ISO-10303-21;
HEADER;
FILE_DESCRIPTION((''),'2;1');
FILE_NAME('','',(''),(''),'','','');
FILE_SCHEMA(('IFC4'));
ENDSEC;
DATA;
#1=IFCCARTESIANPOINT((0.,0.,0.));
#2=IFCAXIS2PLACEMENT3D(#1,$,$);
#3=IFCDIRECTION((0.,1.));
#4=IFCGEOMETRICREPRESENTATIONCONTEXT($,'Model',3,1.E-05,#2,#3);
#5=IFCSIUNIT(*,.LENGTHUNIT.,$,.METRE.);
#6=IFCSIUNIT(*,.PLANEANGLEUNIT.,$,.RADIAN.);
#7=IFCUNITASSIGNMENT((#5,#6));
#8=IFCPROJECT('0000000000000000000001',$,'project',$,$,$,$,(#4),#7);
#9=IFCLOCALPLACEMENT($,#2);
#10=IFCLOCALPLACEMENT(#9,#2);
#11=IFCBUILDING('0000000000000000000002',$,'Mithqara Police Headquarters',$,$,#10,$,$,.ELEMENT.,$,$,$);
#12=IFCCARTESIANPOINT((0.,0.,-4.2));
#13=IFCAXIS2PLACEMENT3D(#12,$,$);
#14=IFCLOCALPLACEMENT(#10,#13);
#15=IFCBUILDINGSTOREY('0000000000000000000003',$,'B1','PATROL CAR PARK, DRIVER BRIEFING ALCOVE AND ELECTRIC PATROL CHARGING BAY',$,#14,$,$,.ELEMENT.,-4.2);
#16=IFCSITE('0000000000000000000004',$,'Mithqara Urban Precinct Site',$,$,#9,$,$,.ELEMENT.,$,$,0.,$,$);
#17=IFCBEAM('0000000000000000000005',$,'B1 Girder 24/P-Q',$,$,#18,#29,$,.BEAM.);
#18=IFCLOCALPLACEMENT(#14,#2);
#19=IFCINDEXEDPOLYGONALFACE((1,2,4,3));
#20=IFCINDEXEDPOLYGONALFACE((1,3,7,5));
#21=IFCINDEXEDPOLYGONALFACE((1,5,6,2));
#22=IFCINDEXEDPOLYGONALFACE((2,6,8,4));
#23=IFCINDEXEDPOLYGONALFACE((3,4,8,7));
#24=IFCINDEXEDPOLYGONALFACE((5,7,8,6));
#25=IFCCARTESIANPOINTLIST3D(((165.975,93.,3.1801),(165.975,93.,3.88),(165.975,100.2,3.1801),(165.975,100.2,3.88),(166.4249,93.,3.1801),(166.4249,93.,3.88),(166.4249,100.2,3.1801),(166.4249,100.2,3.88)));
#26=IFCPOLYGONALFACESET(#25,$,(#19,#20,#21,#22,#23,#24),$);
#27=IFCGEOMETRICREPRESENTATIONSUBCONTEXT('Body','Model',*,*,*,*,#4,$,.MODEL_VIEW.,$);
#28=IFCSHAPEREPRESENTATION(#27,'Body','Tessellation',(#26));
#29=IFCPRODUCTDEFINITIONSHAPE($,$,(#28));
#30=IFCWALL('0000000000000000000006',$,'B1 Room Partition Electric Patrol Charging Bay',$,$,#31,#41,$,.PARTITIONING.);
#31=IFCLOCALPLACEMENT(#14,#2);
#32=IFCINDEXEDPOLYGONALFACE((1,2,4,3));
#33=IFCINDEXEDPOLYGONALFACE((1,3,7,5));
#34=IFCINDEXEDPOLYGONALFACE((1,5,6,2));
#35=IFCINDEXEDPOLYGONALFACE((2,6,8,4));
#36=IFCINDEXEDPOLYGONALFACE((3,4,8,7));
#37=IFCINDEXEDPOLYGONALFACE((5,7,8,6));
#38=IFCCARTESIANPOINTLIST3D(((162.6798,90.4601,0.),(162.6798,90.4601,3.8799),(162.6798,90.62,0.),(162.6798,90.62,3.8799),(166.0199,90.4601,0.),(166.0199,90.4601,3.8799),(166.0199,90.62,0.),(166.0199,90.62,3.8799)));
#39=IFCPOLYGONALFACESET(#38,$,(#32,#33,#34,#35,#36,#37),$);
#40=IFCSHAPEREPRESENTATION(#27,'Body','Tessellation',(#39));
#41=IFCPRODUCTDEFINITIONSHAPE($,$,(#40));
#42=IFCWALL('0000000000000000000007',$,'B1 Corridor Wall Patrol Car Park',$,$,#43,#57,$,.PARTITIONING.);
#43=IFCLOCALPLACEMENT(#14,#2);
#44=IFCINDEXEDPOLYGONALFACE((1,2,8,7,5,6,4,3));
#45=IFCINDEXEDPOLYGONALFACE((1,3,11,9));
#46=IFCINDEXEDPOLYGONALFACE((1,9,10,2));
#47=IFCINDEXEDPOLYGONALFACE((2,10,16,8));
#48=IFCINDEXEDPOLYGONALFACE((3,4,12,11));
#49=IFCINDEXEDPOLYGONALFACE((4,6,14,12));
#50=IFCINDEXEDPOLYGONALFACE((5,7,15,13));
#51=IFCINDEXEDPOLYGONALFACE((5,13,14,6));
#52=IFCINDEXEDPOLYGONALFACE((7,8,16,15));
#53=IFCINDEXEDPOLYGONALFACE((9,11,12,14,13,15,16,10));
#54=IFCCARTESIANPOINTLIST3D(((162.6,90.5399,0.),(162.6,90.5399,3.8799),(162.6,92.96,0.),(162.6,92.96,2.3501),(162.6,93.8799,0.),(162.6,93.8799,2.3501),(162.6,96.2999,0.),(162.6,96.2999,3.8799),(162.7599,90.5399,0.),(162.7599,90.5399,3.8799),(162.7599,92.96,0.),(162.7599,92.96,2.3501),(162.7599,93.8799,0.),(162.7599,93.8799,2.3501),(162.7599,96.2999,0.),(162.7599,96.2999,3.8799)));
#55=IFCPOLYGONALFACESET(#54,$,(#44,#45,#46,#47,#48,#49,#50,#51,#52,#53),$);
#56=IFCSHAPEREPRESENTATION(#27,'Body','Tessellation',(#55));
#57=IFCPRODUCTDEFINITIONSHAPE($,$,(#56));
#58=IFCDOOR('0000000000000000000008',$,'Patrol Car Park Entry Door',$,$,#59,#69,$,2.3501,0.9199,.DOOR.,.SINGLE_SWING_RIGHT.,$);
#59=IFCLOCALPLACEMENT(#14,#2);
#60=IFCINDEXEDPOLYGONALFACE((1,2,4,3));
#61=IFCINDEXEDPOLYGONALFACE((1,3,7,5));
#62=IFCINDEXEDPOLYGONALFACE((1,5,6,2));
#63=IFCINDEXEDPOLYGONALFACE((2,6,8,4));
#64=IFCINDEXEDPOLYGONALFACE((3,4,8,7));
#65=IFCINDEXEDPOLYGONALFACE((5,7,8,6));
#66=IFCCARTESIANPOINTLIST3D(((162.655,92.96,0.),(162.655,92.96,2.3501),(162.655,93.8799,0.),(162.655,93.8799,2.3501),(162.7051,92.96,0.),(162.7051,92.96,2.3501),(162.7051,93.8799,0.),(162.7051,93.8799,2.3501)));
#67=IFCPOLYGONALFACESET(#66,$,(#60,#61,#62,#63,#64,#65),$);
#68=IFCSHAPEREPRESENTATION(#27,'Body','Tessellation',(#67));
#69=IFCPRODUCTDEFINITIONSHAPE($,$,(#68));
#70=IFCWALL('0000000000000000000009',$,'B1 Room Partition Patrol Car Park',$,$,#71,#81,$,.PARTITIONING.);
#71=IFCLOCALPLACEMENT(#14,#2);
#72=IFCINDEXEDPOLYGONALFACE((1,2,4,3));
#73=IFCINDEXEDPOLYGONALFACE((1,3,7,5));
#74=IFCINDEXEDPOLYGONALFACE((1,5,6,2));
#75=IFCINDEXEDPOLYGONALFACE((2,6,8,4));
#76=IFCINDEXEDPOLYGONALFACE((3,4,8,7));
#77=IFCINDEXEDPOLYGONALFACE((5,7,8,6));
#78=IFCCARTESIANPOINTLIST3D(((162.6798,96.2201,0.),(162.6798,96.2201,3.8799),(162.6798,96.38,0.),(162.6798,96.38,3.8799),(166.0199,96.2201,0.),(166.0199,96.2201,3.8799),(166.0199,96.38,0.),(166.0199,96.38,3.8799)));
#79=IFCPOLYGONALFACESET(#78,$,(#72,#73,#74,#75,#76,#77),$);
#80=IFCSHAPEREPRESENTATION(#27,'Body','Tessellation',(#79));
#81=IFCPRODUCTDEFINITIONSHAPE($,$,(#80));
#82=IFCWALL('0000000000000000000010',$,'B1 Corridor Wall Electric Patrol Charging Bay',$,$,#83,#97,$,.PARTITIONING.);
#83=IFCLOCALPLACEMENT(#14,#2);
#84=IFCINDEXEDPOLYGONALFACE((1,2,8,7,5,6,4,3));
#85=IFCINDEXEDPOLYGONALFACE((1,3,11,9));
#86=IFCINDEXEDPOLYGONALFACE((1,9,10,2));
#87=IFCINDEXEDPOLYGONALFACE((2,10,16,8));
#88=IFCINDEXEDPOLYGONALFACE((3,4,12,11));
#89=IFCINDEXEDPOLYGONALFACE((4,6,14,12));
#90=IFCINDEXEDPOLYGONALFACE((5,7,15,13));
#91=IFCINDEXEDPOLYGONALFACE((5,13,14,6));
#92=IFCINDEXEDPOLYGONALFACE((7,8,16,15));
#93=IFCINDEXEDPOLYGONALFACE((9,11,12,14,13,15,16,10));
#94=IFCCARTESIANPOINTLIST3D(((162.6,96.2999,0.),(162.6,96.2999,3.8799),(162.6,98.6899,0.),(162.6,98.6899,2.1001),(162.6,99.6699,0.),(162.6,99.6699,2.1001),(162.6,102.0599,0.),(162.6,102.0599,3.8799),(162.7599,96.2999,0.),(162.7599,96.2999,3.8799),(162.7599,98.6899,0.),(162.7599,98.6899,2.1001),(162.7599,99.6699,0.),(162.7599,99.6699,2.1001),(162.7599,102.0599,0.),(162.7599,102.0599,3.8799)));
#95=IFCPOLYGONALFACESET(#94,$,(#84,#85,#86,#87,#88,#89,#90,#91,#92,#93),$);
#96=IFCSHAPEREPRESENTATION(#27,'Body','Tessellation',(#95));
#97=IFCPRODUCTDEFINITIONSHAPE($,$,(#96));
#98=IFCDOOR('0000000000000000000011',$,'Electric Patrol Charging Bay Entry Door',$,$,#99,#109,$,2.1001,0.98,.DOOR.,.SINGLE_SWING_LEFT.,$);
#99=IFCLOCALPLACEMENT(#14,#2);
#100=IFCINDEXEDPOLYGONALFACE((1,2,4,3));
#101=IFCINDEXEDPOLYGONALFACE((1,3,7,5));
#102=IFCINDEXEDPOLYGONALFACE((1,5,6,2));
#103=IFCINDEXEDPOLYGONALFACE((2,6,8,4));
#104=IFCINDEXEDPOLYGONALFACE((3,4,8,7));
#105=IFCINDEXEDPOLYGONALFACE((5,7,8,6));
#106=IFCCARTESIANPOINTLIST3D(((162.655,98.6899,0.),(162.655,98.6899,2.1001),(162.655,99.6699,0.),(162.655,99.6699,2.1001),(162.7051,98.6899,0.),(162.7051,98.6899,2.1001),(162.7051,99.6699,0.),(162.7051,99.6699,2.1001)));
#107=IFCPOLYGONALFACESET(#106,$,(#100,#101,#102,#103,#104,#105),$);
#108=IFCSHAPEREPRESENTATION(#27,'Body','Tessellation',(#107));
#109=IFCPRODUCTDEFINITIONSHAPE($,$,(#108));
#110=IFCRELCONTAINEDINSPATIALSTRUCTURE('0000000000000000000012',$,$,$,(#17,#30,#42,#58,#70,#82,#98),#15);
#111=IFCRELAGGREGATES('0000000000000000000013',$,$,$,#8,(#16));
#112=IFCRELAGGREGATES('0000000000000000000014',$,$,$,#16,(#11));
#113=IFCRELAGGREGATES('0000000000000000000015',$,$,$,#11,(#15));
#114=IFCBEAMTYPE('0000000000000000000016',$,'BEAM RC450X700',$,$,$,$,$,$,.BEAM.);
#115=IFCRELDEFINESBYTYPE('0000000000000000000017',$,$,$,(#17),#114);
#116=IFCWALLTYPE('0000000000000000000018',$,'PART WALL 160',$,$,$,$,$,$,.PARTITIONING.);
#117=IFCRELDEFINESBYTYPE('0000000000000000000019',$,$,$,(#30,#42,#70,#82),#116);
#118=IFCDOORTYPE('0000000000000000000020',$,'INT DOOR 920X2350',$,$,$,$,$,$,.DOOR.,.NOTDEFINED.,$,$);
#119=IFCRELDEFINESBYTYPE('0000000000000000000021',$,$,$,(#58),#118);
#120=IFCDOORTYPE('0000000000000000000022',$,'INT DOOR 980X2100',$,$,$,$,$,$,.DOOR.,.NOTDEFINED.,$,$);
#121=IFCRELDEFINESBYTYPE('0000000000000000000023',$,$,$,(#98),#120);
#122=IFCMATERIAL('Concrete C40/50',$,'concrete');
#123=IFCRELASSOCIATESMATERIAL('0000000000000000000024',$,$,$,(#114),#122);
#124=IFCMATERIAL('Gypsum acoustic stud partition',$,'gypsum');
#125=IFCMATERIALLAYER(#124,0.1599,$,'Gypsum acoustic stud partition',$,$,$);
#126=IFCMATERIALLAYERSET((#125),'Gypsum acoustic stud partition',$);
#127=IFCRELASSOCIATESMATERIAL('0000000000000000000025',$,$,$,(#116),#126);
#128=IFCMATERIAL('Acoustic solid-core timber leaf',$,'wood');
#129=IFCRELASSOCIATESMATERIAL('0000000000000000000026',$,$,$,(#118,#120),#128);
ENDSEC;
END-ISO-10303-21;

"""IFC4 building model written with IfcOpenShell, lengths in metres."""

from ifc_helpers import new_model, si_unit, direction, frame, frame_2d, origin, origin_2d, place, context, subcontext, project, spatial, rectangle, extrude, material, layer, layer_set, material_profile, profile_set, type_object, element, fill, save


model = new_model("IFC4")

# Units and contexts
model_context = context("Model", 3, precision=1e-05, world=origin(), true_north=direction((0.0, 1.0)))
body_context = subcontext(model_context, "Body", "Model", "MODEL_VIEW")
ifc_project = project(units=[si_unit("LENGTHUNIT", "METRE"), si_unit("PLANEANGLEUNIT", "RADIAN")], contexts=[model_context])

# Site, building, storey
site_placement = place(None, origin())
site = spatial("IfcSite", under=ifc_project, at=site_placement, Name="Mithqara Urban Precinct Site", CompositionType="ELEMENT", RefElevation=0.0)
building_placement = place(site_placement, origin())
building = spatial("IfcBuilding", under=site, at=building_placement, Name="Mithqara Police Headquarters", CompositionType="ELEMENT")
storey_placement = place(building_placement, frame((0.0, 0.0, -4.2)))
storey = spatial("IfcBuildingStorey", under=building, at=storey_placement, Name="B1", Description="PATROL CAR PARK, DRIVER BRIEFING ALCOVE AND ELECTRIC PATROL CHARGING BAY", CompositionType="ELEMENT", Elevation=-4.2)

# Shared definitions
ifc_material_1 = material(Name="Concrete C40/50", Category="concrete")

# Beam
ifc_material_profile_1 = material_profile(ifc_material_1, rectangle(XDim=0.45, YDim=0.7, at=origin_2d()), Name="RC 450x700")
ifc_profile_set_1 = profile_set([ifc_material_profile_1], Name="Concrete C40/50")
beam_type_1 = type_object("IfcBeamType", Name="BEAM RC450X700", PredefinedType="BEAM", material=ifc_profile_set_1)
beam_1_placement = place(storey_placement, frame((166.2, 93.0, 3.53), z_axis=(0.0, 1.0, 0.0), x_axis=(-1.0, 0.0, 0.0)))
element("IfcBeam", 1, at=beam_1_placement, inside=storey, type_object=beam_type_1, Name="B1 Girder 24/P-Q", PredefinedType="BEAM", context=body_context, shape_type="SweptSolid", body=[
    extrude(rectangle(XDim=0.45, YDim=0.7, at=origin_2d()), origin(), (0.0, 0.0, 1.0), 7.2),
])

# Wall
ifc_material_2 = material(Name="Gypsum acoustic stud partition", Category="gypsum")
ifc_layer = layer(ifc_material_2, 0.1599, Name="Gypsum acoustic stud partition")
ifc_layer_set = layer_set([ifc_layer], Name="Gypsum acoustic stud partition")
wall_type = type_object("IfcWallType", Name="PART WALL 160", PredefinedType="PARTITIONING", material=ifc_layer_set)
wall_1_placement = place(storey_placement, frame((162.6799, 90.54, 0.0), z_axis=(0.0, 0.0, 1.0), x_axis=(1.0, 0.0, 0.0)))
element("IfcWall", 2, at=wall_1_placement, inside=storey, type_object=wall_type, Name="B1 Room Partition Electric Patrol Charging Bay", PredefinedType="PARTITIONING", context=body_context, shape_type="SweptSolid", body=[
    extrude(rectangle(XDim=3.3401, YDim=0.1599, at=frame_2d((1.6699, 0.0))), origin(), (0.0, 0.0, 1.0), 3.8799),
])

# Wall, opening, door
wall_2_placement = place(storey_placement, frame((162.6799, 90.54, 0.0), z_axis=(0.0, 0.0, 1.0), x_axis=(0.0, 1.0, 0.0)))
wall_2 = element("IfcWall", 3, at=wall_2_placement, inside=storey, type_object=wall_type, Name="B1 Corridor Wall Patrol Car Park", PredefinedType="PARTITIONING", context=body_context, shape_type="SweptSolid", body=[
    extrude(rectangle(XDim=5.76, YDim=0.1599, at=frame_2d((2.8799, 0.0))), origin(), (0.0, 0.0, 1.0), 3.8799),
])
opening_1_placement = place(wall_2_placement, frame((2.4199, 0.0, 0.0)))
opening_1 = element("IfcOpeningElement", 4, at=opening_1_placement, cuts=wall_2, PredefinedType="OPENING", context=body_context, shape_type="SweptSolid", body=[
    extrude(rectangle(XDim=0.9199, YDim=2.3501, at=frame_2d((0.46, 1.175))), frame((0.0, 0.0898, 0.0), z_axis=(0.0, -1.0, 0.0), x_axis=(1.0, 0.0, 0.0)), (0.0, 0.0, 1.0), 0.1799),
])
ifc_material_3 = material(Name="Acoustic solid-core timber leaf", Category="wood")
door_type_1 = type_object("IfcDoorType", Name="INT DOOR 920X2350", OperationType="NOTDEFINED", PredefinedType="DOOR", material=ifc_material_3)
door_1_placement = place(opening_1_placement, origin())
door_1 = element("IfcDoor", 5, at=door_1_placement, inside=storey, type_object=door_type_1, Name="Patrol Car Park Entry Door", OperationType="SINGLE_SWING_RIGHT", OverallHeight=2.3501, OverallWidth=0.9199, PredefinedType="DOOR", context=body_context, shape_type="SweptSolid", body=[
    extrude(rectangle(XDim=0.9199, YDim=2.3501, at=frame_2d((0.46, 1.175))), frame((0.0, 0.0249, 0.0), z_axis=(0.0, -1.0, 0.0), x_axis=(1.0, 0.0, 0.0)), (0.0, 0.0, 1.0), 0.05),
])
fill(opening_1, door_1)

# Wall
wall_3_placement = place(storey_placement, frame((162.6799, 96.3, 0.0), z_axis=(0.0, 0.0, 1.0), x_axis=(1.0, 0.0, 0.0)))
element("IfcWall", 6, at=wall_3_placement, inside=storey, type_object=wall_type, Name="B1 Room Partition Patrol Car Park", PredefinedType="PARTITIONING", context=body_context, shape_type="SweptSolid", body=[
    extrude(rectangle(XDim=3.3401, YDim=0.1599, at=frame_2d((1.6699, 0.0))), origin(), (0.0, 0.0, 1.0), 3.8799),
])

# Wall, opening, door
wall_4_placement = place(storey_placement, frame((162.6799, 96.3, 0.0), z_axis=(0.0, 0.0, 1.0), x_axis=(0.0, 1.0, 0.0)))
wall_4 = element("IfcWall", 7, at=wall_4_placement, inside=storey, type_object=wall_type, Name="B1 Corridor Wall Electric Patrol Charging Bay", PredefinedType="PARTITIONING", context=body_context, shape_type="SweptSolid", body=[
    extrude(rectangle(XDim=5.76, YDim=0.1599, at=frame_2d((2.8799, 0.0))), origin(), (0.0, 0.0, 1.0), 3.8799),
])
opening_2_placement = place(wall_4_placement, frame((2.3899, 0.0, 0.0)))
opening_2 = element("IfcOpeningElement", 8, at=opening_2_placement, cuts=wall_4, PredefinedType="OPENING", context=body_context, shape_type="SweptSolid", body=[
    extrude(rectangle(XDim=0.98, YDim=2.1001, at=frame_2d((0.49, 1.05))), frame((0.0, 0.0898, 0.0), z_axis=(0.0, -1.0, 0.0), x_axis=(1.0, 0.0, 0.0)), (0.0, 0.0, 1.0), 0.1799),
])
door_type_2 = type_object("IfcDoorType", Name="INT DOOR 980X2100", OperationType="NOTDEFINED", PredefinedType="DOOR", material=ifc_material_3)
door_2_placement = place(opening_2_placement, origin())
door_2 = element("IfcDoor", 9, at=door_2_placement, inside=storey, type_object=door_type_2, Name="Electric Patrol Charging Bay Entry Door", OperationType="SINGLE_SWING_LEFT", OverallHeight=2.1001, OverallWidth=0.98, PredefinedType="DOOR", context=body_context, shape_type="SweptSolid", body=[
    extrude(rectangle(XDim=0.98, YDim=2.1001, at=frame_2d((0.49, 1.05))), frame((0.0, 0.0249, 0.0), z_axis=(0.0, -1.0, 0.0), x_axis=(1.0, 0.0, 0.0)), (0.0, 0.0, 1.0), 0.05),
])
fill(opening_2, door_2)

save(model, "model.ifc")
